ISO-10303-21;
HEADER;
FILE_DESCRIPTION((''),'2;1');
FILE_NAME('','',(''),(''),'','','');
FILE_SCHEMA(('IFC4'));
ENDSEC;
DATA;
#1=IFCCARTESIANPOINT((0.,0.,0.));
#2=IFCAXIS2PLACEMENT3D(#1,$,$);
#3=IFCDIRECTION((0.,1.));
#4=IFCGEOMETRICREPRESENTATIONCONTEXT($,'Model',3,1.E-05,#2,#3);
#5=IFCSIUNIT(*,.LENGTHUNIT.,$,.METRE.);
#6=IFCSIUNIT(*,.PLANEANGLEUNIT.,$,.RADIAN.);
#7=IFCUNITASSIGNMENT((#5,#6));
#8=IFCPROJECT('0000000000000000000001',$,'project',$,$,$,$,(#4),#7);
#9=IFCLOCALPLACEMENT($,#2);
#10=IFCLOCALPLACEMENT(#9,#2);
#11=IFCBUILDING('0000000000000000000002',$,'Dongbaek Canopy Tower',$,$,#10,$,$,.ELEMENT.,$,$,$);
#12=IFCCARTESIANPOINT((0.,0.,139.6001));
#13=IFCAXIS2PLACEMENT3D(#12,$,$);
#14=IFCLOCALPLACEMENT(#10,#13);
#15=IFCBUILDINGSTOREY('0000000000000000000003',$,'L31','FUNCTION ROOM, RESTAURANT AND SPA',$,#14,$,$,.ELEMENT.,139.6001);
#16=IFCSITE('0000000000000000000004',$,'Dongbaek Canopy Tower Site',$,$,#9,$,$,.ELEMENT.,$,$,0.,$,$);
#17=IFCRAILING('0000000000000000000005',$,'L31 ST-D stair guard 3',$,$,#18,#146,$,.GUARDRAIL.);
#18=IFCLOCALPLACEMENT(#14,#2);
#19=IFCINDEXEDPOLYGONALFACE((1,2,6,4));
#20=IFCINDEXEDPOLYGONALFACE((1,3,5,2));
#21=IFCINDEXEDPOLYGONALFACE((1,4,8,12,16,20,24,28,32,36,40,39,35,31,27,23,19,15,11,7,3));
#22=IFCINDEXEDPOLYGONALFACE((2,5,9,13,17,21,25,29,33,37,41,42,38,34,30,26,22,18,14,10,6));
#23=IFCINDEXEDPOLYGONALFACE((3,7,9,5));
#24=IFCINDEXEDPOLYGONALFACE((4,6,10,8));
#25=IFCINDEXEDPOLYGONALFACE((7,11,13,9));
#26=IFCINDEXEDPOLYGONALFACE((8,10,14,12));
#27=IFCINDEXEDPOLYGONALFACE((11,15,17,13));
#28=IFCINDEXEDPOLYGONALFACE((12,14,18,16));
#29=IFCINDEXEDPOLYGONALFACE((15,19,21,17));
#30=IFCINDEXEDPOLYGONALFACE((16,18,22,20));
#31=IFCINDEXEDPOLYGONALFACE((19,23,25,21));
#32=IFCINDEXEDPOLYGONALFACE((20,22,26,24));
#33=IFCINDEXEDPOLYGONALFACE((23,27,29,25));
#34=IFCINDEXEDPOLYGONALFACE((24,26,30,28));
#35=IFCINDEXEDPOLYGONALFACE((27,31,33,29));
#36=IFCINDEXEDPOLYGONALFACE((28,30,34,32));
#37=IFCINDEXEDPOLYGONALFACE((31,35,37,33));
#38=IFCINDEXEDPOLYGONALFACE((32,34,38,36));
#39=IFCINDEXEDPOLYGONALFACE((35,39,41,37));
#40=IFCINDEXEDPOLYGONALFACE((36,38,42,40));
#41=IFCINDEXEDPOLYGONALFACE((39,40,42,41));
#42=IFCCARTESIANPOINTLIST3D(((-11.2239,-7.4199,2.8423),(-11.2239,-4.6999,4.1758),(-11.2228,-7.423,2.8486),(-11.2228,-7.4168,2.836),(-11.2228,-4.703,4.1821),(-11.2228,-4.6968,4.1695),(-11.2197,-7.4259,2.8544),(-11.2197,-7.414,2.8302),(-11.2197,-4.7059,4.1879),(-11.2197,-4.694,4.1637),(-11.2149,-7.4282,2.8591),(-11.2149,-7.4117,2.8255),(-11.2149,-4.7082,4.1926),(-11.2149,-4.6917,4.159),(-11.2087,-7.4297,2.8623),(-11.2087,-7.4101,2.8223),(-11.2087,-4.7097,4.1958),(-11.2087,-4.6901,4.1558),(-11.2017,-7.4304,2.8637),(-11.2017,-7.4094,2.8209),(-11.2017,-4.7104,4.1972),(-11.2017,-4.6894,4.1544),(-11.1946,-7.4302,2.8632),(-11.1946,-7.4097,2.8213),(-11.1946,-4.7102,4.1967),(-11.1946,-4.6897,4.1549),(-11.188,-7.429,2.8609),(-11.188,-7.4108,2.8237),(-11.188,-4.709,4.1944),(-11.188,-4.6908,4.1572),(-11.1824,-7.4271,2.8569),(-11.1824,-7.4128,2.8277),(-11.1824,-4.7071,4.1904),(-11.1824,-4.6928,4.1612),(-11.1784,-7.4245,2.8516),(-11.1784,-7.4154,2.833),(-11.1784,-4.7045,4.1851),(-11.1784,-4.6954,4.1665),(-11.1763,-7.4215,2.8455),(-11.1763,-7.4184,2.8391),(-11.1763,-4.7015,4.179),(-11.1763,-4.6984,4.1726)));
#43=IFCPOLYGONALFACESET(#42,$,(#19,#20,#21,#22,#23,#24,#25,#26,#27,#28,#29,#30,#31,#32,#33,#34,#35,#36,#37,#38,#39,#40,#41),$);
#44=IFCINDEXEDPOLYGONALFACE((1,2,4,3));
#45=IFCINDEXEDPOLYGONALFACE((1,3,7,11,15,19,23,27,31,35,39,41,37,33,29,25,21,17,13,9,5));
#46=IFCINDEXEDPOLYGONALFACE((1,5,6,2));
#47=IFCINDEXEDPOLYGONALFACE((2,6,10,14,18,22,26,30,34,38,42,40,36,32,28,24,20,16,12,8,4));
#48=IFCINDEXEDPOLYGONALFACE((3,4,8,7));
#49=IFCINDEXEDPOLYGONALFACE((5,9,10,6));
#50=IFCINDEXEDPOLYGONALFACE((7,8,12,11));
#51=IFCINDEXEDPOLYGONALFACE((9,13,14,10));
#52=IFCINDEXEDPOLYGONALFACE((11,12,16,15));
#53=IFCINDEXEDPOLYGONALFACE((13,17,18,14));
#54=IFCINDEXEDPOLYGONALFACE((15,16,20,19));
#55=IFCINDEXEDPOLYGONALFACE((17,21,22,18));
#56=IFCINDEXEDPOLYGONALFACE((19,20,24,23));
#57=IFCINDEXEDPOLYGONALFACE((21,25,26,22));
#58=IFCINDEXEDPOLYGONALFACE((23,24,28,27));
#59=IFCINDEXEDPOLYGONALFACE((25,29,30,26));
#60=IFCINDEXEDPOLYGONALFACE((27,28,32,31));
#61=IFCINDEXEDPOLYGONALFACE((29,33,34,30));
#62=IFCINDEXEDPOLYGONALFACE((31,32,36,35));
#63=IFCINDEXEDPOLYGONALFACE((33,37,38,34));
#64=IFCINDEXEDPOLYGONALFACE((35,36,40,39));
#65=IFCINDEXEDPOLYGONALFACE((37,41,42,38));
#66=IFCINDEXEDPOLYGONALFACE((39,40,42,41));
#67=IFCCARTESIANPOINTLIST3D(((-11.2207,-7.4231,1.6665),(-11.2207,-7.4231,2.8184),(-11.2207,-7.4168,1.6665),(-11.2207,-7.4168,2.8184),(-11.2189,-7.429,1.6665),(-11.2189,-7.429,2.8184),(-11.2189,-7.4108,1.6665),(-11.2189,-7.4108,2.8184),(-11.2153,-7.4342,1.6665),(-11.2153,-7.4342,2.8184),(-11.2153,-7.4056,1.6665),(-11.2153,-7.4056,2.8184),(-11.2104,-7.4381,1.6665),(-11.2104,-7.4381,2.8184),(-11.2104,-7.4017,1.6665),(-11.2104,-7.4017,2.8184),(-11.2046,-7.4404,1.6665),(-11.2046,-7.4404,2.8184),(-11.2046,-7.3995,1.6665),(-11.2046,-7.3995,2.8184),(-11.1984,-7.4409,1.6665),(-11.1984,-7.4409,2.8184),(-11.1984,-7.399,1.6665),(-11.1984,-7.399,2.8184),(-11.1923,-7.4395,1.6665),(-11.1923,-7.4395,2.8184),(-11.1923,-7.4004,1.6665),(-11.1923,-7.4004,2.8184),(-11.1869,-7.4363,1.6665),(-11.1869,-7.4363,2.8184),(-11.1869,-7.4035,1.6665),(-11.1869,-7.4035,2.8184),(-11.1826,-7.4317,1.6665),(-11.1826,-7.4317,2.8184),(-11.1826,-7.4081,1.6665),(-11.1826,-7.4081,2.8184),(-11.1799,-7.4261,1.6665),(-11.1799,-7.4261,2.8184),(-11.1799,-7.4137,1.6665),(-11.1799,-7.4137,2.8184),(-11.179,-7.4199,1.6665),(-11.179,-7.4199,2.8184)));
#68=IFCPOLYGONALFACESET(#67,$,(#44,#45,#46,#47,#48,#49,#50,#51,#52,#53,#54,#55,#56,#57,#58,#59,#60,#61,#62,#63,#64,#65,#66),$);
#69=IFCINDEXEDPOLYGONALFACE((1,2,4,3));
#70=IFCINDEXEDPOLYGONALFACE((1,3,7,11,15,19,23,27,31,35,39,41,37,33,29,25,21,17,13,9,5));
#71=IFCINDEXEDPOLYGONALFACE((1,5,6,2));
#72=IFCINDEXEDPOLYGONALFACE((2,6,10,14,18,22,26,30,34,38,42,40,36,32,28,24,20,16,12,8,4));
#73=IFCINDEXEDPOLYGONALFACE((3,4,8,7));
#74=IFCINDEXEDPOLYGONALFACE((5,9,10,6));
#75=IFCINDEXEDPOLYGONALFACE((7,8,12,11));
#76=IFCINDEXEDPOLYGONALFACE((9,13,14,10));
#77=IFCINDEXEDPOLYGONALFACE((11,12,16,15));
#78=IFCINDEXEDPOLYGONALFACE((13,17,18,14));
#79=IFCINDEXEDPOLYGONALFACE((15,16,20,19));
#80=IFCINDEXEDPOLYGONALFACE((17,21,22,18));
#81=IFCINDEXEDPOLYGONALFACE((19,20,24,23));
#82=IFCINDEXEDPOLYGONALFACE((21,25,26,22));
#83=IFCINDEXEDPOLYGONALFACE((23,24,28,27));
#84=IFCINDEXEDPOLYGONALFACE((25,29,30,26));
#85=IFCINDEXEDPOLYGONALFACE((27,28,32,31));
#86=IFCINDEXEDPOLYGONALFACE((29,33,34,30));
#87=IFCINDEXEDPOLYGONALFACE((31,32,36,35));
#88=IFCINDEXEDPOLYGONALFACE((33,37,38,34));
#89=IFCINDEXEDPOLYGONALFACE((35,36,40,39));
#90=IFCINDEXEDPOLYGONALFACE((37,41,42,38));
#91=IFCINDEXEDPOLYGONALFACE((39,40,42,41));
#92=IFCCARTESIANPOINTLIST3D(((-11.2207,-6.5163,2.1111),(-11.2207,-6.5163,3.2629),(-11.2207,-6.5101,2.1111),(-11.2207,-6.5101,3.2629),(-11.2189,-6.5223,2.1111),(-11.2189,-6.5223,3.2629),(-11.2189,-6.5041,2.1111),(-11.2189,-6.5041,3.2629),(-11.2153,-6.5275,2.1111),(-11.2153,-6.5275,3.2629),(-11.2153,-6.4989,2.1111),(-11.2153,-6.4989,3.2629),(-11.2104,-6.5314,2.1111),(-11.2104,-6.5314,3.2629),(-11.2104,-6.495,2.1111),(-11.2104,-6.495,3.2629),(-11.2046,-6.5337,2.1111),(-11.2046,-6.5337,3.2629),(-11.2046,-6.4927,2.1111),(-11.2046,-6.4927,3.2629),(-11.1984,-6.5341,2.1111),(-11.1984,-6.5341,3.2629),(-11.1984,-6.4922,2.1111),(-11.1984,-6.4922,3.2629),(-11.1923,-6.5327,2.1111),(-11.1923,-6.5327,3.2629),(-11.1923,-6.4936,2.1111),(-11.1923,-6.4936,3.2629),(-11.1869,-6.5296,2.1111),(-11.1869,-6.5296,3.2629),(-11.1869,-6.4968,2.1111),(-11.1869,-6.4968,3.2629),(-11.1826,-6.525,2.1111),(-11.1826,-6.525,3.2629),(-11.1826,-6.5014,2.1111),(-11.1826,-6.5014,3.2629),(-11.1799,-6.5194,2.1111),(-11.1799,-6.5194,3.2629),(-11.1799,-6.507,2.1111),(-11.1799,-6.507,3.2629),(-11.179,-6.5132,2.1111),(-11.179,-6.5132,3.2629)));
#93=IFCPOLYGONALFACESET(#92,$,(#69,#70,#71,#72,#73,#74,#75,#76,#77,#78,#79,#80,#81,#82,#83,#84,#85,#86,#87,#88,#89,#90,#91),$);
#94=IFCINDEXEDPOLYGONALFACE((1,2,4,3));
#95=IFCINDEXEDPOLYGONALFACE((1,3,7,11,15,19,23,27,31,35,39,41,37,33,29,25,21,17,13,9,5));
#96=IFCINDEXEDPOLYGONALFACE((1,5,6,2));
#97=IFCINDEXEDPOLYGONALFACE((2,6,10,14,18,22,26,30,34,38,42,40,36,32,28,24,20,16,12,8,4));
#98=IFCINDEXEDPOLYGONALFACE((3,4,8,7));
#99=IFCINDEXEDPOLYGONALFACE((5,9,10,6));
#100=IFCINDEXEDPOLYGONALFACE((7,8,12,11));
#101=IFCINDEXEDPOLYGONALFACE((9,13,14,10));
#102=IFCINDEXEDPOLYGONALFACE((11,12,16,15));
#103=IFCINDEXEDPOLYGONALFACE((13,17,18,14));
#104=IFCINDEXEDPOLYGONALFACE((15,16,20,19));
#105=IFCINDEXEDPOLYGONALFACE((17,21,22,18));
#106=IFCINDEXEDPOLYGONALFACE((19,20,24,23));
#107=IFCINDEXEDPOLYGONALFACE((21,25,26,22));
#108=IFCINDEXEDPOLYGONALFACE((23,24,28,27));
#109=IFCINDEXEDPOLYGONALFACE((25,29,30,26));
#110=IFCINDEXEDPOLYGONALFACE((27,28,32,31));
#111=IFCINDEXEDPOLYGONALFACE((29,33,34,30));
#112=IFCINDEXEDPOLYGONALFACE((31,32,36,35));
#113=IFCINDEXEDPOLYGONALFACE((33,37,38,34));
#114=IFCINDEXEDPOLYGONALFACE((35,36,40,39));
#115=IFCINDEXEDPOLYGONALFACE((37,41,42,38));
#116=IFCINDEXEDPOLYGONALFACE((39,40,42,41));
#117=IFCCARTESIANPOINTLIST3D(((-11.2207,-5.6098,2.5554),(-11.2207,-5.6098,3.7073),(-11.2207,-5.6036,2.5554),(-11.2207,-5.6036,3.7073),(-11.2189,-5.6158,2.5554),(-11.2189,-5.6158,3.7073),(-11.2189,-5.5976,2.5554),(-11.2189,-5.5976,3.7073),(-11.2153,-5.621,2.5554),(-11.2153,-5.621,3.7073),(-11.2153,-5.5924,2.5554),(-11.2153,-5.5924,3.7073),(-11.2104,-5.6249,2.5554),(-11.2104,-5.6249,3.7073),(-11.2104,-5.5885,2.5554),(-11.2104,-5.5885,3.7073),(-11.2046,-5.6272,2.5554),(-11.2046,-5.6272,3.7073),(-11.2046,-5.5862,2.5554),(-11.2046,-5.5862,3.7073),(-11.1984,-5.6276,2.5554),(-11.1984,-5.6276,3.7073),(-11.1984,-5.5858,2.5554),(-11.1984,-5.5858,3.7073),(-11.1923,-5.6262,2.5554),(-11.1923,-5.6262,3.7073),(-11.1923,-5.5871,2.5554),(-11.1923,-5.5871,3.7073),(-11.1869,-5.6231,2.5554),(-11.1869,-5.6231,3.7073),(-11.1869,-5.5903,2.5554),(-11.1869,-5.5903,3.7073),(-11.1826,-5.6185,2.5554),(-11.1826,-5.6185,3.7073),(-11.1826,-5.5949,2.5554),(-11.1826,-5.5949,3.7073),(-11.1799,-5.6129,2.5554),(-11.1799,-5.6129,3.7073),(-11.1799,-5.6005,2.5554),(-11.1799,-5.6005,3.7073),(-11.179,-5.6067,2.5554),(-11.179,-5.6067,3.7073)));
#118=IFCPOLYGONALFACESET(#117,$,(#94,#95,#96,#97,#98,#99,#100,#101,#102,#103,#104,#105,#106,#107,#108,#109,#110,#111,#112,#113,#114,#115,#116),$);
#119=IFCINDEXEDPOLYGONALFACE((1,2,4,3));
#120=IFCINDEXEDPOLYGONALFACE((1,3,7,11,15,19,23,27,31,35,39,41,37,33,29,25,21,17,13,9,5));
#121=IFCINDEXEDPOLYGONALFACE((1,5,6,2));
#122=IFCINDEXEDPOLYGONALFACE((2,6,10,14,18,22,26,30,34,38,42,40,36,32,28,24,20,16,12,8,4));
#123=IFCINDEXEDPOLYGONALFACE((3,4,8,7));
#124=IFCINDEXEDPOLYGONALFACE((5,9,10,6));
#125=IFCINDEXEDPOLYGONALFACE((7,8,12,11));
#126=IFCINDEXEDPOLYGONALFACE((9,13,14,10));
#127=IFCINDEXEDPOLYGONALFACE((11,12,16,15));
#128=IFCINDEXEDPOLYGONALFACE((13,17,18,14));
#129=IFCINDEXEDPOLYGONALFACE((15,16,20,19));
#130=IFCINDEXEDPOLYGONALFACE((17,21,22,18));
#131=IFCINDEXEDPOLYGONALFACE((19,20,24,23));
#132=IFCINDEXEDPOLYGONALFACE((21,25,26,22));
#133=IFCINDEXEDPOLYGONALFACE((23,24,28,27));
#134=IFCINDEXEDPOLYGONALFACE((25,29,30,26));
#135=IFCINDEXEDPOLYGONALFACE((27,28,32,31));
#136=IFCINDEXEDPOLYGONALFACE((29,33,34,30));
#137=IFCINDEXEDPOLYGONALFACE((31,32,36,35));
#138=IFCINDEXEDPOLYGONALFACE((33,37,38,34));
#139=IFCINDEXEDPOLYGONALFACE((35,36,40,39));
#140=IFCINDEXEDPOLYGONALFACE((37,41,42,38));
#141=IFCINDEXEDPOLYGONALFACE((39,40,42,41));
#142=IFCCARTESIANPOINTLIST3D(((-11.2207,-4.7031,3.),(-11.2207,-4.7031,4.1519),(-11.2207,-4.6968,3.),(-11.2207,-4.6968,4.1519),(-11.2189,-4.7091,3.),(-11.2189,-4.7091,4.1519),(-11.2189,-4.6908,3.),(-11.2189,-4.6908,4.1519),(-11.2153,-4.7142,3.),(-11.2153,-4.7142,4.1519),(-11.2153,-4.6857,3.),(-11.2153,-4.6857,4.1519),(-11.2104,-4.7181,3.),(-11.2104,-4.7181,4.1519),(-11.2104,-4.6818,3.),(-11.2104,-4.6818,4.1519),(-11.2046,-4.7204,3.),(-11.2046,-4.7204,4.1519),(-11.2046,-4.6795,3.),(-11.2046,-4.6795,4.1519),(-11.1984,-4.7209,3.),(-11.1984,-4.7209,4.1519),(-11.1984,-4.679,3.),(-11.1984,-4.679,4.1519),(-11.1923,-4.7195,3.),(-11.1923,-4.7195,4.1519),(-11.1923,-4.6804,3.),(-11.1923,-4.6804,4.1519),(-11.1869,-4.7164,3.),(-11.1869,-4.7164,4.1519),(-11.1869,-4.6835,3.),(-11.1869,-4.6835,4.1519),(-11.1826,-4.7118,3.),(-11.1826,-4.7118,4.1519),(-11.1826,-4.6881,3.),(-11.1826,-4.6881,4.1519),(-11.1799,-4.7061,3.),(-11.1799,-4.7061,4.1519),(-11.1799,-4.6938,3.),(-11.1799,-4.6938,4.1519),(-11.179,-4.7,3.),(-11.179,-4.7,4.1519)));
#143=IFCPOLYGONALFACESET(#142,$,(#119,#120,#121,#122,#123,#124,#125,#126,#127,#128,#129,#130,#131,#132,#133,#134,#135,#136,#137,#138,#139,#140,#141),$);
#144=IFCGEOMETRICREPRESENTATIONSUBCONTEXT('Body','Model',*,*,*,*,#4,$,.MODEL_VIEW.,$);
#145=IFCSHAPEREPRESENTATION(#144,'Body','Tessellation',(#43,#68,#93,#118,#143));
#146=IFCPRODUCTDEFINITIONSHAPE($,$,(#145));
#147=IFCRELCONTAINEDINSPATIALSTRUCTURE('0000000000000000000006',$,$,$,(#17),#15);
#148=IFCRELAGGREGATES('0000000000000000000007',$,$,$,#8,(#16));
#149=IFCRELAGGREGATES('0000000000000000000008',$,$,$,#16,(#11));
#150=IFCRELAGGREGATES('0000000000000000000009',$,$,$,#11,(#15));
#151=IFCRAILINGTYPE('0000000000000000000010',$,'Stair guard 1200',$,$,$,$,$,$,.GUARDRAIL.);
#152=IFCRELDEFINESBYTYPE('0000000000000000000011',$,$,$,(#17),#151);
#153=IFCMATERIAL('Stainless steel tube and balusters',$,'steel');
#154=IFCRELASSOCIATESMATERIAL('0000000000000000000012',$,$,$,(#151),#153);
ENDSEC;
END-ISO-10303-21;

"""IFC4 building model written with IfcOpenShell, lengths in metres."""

from ifc_helpers import new_model, si_unit, direction, frame, origin, origin_2d, place, context, subcontext, project, spatial, circle, extrude, material, type_object, element, save


model = new_model("IFC4")

# Units and contexts
model_context = context("Model", 3, precision=1e-05, world=origin(), true_north=direction((0.0, 1.0)))
body_context = subcontext(model_context, "Body", "Model", "MODEL_VIEW")
ifc_project = project(units=[si_unit("LENGTHUNIT", "METRE"), si_unit("PLANEANGLEUNIT", "RADIAN")], contexts=[model_context])

# Site, building, storey
site_placement = place(None, origin())
site = spatial("IfcSite", under=ifc_project, at=site_placement, Name="Dongbaek Canopy Tower Site", CompositionType="ELEMENT", RefElevation=0.0)
building_placement = place(site_placement, origin())
building = spatial("IfcBuilding", under=site, at=building_placement, Name="Dongbaek Canopy Tower", CompositionType="ELEMENT")
storey_placement = place(building_placement, frame((0.0, 0.0, 139.6001)))
storey = spatial("IfcBuildingStorey", under=building, at=storey_placement, Name="L31", Description="FUNCTION ROOM, RESTAURANT AND SPA", CompositionType="ELEMENT", Elevation=139.6001)

# Railing
ifc_material_1 = material(Name="Stainless steel tube and balusters", Category="steel")
railing_type_1 = type_object("IfcRailingType", Name="Stair guard 1200", PredefinedType="GUARDRAIL", material=ifc_material_1)
railing_1_placement = place(storey_placement, frame((-11.2, -7.4199, 1.6665)))
element("IfcRailing", 1, at=railing_1_placement, inside=storey, type_object=railing_type_1, Name="L31 ST-D stair guard 3", PredefinedType="GUARDRAIL", context=body_context, shape_type="SweptSolid", body=[
    extrude(circle(Radius=0.0239, at=origin_2d()), frame((0.0, 0.0, 1.1758), z_axis=(0.0, 0.897898, 0.440204), x_axis=(-1.0, 0.0, 0.0)), (0.0, 0.0, 1.0), 3.0293),
    extrude(circle(Radius=0.021, at=origin_2d()), origin(), (0.0, 0.0, 1.0), 1.1519),
    extrude(circle(Radius=0.021, at=origin_2d()), frame((0.0, 0.9067, 0.4446)), (0.0, 0.0, 1.0), 1.1519),
    extrude(circle(Radius=0.021, at=origin_2d()), frame((0.0, 1.8132, 0.8889)), (0.0, 0.0, 1.0), 1.1519),
    extrude(circle(Radius=0.021, at=origin_2d()), frame((0.0, 2.72, 1.3335)), (0.0, 0.0, 1.0), 1.1519),
])

save(model, "model.ifc")
